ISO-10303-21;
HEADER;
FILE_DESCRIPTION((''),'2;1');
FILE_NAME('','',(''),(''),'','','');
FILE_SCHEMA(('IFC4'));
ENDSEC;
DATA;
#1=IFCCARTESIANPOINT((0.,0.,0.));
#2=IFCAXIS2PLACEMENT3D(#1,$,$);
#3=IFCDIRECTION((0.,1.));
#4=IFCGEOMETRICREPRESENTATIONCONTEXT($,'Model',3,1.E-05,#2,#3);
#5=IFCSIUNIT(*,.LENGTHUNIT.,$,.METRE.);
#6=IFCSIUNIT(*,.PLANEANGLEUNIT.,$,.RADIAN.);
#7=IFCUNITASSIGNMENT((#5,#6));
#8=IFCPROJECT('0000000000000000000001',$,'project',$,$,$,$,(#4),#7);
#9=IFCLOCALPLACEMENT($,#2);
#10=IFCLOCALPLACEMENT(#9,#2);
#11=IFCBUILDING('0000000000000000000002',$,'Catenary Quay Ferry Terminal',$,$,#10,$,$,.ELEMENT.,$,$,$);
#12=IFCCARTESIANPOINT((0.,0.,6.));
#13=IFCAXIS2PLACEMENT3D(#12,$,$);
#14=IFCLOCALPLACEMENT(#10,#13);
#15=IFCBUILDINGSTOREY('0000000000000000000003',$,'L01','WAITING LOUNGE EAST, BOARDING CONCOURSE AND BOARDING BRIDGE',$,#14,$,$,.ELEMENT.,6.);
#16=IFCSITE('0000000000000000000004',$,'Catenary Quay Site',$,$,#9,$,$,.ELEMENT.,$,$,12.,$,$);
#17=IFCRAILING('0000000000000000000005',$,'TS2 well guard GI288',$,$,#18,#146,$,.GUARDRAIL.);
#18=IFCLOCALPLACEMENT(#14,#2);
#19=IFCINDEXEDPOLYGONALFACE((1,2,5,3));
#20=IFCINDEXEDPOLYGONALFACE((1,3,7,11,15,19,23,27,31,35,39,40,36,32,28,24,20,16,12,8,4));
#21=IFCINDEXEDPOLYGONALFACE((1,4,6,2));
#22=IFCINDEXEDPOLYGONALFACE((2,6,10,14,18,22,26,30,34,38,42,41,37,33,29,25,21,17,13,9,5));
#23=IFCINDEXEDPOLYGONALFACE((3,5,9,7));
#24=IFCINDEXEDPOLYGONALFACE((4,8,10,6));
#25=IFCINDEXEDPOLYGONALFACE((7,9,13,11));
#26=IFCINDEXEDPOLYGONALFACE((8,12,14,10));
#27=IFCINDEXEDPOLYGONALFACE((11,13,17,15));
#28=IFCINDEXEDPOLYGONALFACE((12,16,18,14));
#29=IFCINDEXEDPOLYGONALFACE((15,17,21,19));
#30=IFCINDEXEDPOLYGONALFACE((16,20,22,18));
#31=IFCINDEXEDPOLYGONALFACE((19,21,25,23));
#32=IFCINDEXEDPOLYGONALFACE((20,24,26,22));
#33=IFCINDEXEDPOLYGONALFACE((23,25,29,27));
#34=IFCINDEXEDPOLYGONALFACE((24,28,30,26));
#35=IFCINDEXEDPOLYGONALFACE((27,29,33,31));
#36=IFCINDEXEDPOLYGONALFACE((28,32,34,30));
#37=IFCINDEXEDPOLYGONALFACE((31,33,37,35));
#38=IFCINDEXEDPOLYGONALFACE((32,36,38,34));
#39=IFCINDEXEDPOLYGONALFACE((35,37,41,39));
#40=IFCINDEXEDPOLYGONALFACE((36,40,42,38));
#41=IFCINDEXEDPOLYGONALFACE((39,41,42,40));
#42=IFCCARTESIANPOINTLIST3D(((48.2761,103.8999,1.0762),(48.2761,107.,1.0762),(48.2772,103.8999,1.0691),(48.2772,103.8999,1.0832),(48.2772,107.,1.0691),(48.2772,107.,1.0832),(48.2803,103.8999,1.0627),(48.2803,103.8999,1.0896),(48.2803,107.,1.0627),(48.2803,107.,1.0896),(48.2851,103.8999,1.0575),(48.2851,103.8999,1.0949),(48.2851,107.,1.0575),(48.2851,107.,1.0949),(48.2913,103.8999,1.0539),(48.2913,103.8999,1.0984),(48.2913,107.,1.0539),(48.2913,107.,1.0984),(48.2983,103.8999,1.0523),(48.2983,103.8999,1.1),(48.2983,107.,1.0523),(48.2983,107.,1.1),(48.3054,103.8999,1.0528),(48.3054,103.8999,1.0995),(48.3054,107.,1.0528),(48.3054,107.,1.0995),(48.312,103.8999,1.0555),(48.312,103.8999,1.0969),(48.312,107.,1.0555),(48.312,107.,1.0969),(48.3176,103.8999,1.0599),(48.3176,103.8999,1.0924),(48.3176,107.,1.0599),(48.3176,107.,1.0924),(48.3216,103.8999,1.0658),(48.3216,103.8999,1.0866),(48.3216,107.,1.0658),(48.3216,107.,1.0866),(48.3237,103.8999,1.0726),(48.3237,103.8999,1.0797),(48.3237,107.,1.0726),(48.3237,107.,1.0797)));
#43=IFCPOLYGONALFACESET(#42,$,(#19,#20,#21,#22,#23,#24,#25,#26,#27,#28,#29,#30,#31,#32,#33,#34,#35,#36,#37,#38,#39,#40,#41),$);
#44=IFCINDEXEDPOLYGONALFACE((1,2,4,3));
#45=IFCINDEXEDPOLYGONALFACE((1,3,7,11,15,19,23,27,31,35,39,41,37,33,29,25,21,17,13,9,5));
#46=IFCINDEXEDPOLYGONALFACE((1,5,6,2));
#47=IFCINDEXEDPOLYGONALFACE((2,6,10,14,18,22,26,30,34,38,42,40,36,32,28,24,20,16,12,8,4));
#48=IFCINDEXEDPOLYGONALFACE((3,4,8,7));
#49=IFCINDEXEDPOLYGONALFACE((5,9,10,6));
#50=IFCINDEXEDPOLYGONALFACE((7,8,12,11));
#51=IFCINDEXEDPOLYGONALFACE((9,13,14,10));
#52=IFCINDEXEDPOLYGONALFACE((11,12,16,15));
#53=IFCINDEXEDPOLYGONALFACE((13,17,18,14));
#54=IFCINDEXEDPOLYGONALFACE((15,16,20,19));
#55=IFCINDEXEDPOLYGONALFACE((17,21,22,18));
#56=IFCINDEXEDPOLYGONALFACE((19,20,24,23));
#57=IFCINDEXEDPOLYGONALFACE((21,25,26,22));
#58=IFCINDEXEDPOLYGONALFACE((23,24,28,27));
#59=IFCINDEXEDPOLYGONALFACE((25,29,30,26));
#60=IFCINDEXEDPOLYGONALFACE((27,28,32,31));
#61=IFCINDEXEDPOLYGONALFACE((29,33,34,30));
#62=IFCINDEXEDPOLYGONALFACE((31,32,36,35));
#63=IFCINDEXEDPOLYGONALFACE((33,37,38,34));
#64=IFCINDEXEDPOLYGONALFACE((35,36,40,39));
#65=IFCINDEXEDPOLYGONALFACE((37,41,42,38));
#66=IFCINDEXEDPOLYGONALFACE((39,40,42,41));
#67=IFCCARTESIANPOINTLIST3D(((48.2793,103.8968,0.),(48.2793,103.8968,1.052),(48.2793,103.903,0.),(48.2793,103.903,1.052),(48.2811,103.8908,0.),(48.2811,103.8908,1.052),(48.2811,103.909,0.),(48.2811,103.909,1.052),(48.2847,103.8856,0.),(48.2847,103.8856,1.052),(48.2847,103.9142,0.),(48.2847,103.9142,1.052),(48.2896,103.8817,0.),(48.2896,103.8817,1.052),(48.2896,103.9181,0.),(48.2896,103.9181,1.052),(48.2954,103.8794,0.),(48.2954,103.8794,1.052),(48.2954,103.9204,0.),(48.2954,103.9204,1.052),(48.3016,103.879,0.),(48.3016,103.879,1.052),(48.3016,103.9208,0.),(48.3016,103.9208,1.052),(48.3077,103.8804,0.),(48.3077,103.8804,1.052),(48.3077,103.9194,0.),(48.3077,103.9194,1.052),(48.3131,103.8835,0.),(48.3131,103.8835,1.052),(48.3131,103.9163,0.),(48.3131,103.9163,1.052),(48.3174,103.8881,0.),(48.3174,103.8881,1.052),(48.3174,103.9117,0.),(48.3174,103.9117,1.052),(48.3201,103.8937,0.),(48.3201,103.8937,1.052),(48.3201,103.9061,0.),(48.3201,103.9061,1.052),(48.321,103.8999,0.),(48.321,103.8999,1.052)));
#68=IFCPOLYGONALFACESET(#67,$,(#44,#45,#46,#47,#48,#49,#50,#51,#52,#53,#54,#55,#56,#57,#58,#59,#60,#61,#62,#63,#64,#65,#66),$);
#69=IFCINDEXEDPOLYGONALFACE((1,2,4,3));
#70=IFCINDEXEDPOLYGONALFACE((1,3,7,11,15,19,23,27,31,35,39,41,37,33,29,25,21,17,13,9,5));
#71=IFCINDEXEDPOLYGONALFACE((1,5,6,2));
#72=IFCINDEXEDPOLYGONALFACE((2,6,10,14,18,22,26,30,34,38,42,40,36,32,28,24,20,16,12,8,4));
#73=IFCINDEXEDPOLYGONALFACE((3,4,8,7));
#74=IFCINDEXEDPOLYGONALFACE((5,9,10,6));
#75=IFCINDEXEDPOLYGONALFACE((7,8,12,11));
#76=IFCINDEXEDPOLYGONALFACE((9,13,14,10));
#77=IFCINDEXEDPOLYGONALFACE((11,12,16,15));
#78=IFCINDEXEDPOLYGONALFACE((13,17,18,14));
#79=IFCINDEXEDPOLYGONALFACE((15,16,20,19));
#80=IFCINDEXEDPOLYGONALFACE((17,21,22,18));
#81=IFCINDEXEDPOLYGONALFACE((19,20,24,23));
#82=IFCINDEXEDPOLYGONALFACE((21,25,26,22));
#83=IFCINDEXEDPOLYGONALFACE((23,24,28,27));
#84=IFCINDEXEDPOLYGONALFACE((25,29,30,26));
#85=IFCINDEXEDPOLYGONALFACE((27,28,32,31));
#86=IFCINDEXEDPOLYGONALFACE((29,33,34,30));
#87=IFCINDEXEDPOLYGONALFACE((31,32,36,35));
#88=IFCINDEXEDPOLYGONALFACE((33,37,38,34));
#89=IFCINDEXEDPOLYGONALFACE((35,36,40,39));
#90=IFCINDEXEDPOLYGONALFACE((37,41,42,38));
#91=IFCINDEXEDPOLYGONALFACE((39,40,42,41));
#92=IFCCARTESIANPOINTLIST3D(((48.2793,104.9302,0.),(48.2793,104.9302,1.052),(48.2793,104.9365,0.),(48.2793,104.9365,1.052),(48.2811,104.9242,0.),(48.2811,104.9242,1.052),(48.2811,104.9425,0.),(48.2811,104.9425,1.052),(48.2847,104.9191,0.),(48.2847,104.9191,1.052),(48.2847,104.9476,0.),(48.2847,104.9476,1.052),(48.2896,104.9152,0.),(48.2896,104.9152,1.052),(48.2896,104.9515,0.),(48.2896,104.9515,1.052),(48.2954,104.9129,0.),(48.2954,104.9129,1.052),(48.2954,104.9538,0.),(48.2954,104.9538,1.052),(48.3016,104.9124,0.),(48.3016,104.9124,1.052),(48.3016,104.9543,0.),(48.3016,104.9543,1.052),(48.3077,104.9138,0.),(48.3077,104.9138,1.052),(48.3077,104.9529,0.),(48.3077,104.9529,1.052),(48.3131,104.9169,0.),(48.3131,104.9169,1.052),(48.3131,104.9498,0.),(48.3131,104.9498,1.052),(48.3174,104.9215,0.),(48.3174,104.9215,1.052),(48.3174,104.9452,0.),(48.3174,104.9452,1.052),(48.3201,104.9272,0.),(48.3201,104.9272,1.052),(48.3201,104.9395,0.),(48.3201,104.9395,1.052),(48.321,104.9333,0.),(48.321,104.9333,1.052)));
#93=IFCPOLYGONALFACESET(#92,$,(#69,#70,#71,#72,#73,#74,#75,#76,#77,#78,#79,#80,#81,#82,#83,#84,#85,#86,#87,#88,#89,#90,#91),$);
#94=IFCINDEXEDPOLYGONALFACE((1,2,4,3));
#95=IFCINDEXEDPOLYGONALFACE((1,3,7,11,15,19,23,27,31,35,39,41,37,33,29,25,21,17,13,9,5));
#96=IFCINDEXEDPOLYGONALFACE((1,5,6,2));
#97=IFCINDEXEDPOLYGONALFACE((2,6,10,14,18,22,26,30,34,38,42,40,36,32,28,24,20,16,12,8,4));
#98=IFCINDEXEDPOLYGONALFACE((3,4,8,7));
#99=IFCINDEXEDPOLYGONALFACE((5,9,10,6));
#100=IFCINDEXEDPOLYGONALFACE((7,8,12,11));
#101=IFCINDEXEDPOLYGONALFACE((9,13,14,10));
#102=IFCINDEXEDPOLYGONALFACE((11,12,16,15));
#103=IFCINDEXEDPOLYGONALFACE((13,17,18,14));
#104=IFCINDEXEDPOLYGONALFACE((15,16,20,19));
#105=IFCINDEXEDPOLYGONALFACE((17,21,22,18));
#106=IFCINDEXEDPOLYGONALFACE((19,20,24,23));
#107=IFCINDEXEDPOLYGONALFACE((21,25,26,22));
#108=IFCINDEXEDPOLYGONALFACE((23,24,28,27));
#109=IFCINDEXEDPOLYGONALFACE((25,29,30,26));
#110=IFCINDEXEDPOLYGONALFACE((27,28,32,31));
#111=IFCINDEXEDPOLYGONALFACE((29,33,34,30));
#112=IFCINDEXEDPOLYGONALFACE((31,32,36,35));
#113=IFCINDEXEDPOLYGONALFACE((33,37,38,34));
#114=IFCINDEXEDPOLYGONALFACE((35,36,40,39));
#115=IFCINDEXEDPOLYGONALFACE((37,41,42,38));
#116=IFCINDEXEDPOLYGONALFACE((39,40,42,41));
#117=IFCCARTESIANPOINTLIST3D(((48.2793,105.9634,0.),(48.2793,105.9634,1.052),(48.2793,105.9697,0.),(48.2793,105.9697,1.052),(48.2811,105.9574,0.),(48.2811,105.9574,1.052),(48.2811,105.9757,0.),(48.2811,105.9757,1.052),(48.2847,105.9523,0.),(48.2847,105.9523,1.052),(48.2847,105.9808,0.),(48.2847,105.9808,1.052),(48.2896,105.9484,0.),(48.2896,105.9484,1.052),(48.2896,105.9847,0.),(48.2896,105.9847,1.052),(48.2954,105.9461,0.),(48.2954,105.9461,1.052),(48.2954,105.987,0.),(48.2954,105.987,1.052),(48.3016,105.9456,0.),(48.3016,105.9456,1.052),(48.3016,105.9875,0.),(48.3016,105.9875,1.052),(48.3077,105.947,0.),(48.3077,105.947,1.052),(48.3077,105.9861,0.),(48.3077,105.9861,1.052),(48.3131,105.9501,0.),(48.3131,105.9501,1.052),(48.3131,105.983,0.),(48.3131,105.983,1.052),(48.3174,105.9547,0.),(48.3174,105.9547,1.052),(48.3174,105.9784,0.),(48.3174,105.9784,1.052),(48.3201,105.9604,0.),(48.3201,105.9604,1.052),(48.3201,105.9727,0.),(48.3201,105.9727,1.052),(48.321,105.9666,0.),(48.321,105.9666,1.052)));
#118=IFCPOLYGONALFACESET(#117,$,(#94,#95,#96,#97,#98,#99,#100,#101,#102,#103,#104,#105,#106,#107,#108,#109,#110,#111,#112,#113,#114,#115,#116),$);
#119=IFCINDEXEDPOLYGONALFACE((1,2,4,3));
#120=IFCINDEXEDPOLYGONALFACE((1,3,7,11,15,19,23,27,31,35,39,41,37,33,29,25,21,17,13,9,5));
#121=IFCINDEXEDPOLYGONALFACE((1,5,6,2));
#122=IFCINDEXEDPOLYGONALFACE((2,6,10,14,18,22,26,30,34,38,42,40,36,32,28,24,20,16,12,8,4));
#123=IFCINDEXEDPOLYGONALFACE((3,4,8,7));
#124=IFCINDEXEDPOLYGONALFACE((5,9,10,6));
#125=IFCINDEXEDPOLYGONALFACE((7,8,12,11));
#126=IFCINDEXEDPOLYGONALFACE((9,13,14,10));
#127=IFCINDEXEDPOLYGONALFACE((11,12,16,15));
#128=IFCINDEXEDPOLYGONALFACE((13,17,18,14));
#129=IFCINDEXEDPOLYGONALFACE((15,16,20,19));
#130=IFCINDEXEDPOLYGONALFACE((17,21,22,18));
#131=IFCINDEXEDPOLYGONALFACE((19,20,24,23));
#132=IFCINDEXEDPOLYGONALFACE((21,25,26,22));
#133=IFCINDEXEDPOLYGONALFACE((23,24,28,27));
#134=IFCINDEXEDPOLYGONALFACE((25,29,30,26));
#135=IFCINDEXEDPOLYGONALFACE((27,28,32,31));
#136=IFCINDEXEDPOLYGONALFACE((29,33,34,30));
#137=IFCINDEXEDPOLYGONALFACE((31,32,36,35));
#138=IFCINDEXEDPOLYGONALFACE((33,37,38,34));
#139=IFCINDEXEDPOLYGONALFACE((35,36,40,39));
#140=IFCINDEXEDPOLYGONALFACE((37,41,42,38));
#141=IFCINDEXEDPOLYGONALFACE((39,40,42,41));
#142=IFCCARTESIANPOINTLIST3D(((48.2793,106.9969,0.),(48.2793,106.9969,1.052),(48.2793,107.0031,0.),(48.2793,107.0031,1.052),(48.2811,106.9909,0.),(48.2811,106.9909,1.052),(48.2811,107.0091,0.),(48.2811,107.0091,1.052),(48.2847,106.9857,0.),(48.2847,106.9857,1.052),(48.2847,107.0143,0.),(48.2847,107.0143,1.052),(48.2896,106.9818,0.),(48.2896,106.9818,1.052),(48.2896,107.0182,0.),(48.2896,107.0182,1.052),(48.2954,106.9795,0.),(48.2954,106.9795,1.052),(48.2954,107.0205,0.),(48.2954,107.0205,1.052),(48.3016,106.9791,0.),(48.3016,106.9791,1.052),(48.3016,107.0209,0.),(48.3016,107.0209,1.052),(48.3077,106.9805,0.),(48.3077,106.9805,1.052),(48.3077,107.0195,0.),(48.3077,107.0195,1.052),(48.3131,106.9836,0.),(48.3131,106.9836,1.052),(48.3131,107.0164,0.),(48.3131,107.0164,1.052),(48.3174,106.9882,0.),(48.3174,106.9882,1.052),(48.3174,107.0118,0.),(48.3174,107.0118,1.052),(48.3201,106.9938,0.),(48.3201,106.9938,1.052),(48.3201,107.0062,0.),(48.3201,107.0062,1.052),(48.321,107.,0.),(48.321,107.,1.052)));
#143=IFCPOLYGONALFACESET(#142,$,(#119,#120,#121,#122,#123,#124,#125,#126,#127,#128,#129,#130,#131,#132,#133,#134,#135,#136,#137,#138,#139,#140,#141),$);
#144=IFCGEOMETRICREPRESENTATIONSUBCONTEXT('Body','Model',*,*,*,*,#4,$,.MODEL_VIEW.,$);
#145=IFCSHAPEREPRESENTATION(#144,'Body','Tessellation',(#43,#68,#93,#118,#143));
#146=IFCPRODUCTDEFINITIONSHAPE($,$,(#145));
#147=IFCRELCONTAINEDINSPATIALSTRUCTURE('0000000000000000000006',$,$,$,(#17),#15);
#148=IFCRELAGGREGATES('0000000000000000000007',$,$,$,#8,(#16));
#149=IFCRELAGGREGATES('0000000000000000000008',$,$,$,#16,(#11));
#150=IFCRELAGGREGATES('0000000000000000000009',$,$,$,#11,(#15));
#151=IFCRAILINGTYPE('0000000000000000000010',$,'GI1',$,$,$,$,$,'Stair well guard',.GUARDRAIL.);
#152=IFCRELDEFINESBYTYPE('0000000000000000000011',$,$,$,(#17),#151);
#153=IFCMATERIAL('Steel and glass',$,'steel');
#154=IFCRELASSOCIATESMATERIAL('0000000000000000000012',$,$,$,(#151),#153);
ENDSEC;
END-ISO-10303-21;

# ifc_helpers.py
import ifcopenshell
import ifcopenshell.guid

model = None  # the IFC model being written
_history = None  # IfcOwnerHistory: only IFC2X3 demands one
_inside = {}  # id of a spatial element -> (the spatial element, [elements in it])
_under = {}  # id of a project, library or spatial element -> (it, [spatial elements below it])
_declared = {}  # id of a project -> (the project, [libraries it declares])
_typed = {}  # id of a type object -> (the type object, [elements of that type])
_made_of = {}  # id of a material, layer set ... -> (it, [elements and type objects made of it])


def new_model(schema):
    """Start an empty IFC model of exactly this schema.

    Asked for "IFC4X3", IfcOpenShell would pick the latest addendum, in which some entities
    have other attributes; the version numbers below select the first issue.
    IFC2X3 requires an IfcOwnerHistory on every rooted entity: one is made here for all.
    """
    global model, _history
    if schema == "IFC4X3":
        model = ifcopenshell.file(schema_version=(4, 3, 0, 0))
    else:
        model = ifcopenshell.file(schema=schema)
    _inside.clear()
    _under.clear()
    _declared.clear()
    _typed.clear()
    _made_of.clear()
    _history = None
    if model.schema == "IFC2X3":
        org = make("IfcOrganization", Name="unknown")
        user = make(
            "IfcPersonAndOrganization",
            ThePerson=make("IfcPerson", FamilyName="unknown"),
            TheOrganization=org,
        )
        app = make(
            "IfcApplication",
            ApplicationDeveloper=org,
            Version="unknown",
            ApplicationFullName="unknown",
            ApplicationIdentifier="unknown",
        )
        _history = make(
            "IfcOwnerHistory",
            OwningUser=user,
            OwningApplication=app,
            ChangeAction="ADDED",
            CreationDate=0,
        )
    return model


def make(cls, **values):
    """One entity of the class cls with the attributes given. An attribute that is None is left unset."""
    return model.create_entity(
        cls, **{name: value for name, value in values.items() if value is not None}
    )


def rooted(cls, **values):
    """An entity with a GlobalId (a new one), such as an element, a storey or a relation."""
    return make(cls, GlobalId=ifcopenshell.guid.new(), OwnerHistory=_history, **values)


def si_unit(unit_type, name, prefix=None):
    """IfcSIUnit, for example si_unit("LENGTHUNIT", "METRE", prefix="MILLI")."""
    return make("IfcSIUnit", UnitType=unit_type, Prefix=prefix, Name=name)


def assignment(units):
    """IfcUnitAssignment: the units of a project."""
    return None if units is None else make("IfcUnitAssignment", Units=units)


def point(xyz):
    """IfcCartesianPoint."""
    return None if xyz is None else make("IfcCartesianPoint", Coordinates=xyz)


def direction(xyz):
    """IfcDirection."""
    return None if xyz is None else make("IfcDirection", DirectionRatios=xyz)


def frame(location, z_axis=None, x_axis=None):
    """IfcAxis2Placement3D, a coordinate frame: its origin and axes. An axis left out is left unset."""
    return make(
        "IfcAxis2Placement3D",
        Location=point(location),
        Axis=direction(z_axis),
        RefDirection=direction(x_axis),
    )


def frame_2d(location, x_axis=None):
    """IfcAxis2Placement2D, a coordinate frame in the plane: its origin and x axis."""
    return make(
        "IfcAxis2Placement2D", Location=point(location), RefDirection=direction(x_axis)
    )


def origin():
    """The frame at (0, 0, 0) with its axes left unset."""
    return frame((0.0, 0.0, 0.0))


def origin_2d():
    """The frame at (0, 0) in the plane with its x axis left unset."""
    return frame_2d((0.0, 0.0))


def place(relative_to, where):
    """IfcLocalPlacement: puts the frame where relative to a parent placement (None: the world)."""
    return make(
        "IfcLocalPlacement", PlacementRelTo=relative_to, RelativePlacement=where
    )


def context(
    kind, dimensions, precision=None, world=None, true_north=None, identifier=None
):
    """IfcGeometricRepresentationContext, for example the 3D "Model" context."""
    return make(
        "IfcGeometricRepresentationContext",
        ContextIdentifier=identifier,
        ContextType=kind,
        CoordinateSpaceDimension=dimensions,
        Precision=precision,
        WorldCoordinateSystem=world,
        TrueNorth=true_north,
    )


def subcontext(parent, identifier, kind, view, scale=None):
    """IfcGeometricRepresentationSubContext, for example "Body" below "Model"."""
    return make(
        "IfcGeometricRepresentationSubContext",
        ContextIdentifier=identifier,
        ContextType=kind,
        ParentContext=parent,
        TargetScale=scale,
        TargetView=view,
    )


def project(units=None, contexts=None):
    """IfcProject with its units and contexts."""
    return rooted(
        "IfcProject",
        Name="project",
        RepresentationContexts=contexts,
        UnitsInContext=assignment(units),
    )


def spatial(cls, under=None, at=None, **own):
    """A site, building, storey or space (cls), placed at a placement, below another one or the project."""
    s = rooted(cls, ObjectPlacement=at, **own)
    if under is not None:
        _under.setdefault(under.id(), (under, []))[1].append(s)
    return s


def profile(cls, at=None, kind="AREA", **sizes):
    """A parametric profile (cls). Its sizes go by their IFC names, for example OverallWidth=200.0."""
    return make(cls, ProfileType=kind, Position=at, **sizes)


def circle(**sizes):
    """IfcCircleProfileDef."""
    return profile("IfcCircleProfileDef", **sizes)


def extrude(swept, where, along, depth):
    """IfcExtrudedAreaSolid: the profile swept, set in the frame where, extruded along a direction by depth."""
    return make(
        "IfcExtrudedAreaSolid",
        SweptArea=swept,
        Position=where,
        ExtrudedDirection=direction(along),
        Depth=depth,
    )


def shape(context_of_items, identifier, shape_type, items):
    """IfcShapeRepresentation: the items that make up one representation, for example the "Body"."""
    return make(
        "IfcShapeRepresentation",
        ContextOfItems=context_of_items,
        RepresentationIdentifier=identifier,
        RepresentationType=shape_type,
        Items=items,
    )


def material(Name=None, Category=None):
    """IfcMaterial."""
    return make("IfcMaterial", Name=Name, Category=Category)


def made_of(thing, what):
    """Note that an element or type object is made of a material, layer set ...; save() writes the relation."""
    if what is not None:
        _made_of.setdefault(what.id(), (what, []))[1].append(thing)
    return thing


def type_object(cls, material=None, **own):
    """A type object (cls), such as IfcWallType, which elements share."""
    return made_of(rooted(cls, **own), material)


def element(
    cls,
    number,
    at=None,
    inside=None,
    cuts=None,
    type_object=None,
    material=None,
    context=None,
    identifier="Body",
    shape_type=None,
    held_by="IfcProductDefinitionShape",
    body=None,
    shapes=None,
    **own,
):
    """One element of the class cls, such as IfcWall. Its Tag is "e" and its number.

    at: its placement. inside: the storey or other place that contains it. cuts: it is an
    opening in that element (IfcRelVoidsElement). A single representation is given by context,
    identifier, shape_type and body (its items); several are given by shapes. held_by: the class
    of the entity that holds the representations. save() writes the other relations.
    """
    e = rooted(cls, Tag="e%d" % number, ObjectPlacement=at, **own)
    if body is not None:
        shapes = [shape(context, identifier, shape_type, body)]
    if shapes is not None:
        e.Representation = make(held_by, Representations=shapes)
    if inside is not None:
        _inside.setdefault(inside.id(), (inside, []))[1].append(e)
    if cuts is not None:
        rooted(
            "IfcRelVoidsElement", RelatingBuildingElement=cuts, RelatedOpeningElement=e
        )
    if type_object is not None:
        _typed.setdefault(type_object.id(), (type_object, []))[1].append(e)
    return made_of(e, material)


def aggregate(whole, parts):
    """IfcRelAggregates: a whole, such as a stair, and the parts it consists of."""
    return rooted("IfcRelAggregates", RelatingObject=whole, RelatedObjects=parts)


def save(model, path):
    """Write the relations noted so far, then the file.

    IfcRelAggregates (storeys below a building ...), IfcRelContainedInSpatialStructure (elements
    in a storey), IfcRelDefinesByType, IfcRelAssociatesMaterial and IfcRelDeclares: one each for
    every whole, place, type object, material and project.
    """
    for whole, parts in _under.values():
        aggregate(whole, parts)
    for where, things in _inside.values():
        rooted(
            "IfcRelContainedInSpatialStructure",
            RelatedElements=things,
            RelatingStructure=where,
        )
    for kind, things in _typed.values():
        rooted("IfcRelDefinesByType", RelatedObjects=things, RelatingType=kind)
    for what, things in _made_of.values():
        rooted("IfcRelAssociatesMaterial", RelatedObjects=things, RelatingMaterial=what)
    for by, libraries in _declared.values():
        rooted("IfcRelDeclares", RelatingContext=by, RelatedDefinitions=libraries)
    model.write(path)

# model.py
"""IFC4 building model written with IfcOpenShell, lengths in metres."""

from ifc_helpers import new_model, si_unit, direction, frame, origin, origin_2d, place, context, subcontext, project, spatial, circle, extrude, material, type_object, element, save


model = new_model("IFC4")

# Units and contexts
model_context = context("Model", 3, precision=1e-05, world=origin(), true_north=direction((0.0, 1.0)))
body_context = subcontext(model_context, "Body", "Model", "MODEL_VIEW")
ifc_project = project(units=[si_unit("LENGTHUNIT", "METRE"), si_unit("PLANEANGLEUNIT", "RADIAN")], contexts=[model_context])

# Site, building, storey
site_placement = place(None, origin())
site = spatial("IfcSite", under=ifc_project, at=site_placement, Name="Catenary Quay Site", CompositionType="ELEMENT", RefElevation=12.0)
building_placement = place(site_placement, origin())
building = spatial("IfcBuilding", under=site, at=building_placement, Name="Catenary Quay Ferry Terminal", CompositionType="ELEMENT")
storey_placement = place(building_placement, frame((0.0, 0.0, 6.0)))
storey = spatial("IfcBuildingStorey", under=building, at=storey_placement, Name="L01", Description="WAITING LOUNGE EAST, BOARDING CONCOURSE AND BOARDING BRIDGE", CompositionType="ELEMENT", Elevation=6.0)

# Railing
ifc_material_1 = material(Name="Steel and glass", Category="steel")
railing_type = type_object("IfcRailingType", Name="GI1", ElementType="Stair well guard", PredefinedType="GUARDRAIL", material=ifc_material_1)
for number, where, name in (
    (1, (48.3, 103.8999, 0.0), "TS2 well guard GI288"),
):
    element("IfcRailing", number, at=place(storey_placement, frame(where)), inside=storey, type_object=railing_type, Name=name, PredefinedType="GUARDRAIL", context=body_context, shape_type="SweptSolid", body=[
        extrude(circle(Radius=0.0239, at=origin_2d()), frame((0.0, 0.0, 1.0762), z_axis=(0.0, 1.0, 0.0), x_axis=(-1.0, 0.0, 0.0)), (0.0, 0.0, 1.0), 3.1001),
        extrude(circle(Radius=0.021, at=origin_2d()), origin(), (0.0, 0.0, 1.0), 1.052),
        extrude(circle(Radius=0.021, at=origin_2d()), frame((0.0, 1.0334, 0.0)), (0.0, 0.0, 1.0), 1.052),
        extrude(circle(Radius=0.021, at=origin_2d()), frame((0.0, 2.0667, 0.0)), (0.0, 0.0, 1.0), 1.052),
        extrude(circle(Radius=0.021, at=origin_2d()), frame((0.0, 3.1001, 0.0)), (0.0, 0.0, 1.0), 1.052),
    ])

save(model, "model.ifc")
